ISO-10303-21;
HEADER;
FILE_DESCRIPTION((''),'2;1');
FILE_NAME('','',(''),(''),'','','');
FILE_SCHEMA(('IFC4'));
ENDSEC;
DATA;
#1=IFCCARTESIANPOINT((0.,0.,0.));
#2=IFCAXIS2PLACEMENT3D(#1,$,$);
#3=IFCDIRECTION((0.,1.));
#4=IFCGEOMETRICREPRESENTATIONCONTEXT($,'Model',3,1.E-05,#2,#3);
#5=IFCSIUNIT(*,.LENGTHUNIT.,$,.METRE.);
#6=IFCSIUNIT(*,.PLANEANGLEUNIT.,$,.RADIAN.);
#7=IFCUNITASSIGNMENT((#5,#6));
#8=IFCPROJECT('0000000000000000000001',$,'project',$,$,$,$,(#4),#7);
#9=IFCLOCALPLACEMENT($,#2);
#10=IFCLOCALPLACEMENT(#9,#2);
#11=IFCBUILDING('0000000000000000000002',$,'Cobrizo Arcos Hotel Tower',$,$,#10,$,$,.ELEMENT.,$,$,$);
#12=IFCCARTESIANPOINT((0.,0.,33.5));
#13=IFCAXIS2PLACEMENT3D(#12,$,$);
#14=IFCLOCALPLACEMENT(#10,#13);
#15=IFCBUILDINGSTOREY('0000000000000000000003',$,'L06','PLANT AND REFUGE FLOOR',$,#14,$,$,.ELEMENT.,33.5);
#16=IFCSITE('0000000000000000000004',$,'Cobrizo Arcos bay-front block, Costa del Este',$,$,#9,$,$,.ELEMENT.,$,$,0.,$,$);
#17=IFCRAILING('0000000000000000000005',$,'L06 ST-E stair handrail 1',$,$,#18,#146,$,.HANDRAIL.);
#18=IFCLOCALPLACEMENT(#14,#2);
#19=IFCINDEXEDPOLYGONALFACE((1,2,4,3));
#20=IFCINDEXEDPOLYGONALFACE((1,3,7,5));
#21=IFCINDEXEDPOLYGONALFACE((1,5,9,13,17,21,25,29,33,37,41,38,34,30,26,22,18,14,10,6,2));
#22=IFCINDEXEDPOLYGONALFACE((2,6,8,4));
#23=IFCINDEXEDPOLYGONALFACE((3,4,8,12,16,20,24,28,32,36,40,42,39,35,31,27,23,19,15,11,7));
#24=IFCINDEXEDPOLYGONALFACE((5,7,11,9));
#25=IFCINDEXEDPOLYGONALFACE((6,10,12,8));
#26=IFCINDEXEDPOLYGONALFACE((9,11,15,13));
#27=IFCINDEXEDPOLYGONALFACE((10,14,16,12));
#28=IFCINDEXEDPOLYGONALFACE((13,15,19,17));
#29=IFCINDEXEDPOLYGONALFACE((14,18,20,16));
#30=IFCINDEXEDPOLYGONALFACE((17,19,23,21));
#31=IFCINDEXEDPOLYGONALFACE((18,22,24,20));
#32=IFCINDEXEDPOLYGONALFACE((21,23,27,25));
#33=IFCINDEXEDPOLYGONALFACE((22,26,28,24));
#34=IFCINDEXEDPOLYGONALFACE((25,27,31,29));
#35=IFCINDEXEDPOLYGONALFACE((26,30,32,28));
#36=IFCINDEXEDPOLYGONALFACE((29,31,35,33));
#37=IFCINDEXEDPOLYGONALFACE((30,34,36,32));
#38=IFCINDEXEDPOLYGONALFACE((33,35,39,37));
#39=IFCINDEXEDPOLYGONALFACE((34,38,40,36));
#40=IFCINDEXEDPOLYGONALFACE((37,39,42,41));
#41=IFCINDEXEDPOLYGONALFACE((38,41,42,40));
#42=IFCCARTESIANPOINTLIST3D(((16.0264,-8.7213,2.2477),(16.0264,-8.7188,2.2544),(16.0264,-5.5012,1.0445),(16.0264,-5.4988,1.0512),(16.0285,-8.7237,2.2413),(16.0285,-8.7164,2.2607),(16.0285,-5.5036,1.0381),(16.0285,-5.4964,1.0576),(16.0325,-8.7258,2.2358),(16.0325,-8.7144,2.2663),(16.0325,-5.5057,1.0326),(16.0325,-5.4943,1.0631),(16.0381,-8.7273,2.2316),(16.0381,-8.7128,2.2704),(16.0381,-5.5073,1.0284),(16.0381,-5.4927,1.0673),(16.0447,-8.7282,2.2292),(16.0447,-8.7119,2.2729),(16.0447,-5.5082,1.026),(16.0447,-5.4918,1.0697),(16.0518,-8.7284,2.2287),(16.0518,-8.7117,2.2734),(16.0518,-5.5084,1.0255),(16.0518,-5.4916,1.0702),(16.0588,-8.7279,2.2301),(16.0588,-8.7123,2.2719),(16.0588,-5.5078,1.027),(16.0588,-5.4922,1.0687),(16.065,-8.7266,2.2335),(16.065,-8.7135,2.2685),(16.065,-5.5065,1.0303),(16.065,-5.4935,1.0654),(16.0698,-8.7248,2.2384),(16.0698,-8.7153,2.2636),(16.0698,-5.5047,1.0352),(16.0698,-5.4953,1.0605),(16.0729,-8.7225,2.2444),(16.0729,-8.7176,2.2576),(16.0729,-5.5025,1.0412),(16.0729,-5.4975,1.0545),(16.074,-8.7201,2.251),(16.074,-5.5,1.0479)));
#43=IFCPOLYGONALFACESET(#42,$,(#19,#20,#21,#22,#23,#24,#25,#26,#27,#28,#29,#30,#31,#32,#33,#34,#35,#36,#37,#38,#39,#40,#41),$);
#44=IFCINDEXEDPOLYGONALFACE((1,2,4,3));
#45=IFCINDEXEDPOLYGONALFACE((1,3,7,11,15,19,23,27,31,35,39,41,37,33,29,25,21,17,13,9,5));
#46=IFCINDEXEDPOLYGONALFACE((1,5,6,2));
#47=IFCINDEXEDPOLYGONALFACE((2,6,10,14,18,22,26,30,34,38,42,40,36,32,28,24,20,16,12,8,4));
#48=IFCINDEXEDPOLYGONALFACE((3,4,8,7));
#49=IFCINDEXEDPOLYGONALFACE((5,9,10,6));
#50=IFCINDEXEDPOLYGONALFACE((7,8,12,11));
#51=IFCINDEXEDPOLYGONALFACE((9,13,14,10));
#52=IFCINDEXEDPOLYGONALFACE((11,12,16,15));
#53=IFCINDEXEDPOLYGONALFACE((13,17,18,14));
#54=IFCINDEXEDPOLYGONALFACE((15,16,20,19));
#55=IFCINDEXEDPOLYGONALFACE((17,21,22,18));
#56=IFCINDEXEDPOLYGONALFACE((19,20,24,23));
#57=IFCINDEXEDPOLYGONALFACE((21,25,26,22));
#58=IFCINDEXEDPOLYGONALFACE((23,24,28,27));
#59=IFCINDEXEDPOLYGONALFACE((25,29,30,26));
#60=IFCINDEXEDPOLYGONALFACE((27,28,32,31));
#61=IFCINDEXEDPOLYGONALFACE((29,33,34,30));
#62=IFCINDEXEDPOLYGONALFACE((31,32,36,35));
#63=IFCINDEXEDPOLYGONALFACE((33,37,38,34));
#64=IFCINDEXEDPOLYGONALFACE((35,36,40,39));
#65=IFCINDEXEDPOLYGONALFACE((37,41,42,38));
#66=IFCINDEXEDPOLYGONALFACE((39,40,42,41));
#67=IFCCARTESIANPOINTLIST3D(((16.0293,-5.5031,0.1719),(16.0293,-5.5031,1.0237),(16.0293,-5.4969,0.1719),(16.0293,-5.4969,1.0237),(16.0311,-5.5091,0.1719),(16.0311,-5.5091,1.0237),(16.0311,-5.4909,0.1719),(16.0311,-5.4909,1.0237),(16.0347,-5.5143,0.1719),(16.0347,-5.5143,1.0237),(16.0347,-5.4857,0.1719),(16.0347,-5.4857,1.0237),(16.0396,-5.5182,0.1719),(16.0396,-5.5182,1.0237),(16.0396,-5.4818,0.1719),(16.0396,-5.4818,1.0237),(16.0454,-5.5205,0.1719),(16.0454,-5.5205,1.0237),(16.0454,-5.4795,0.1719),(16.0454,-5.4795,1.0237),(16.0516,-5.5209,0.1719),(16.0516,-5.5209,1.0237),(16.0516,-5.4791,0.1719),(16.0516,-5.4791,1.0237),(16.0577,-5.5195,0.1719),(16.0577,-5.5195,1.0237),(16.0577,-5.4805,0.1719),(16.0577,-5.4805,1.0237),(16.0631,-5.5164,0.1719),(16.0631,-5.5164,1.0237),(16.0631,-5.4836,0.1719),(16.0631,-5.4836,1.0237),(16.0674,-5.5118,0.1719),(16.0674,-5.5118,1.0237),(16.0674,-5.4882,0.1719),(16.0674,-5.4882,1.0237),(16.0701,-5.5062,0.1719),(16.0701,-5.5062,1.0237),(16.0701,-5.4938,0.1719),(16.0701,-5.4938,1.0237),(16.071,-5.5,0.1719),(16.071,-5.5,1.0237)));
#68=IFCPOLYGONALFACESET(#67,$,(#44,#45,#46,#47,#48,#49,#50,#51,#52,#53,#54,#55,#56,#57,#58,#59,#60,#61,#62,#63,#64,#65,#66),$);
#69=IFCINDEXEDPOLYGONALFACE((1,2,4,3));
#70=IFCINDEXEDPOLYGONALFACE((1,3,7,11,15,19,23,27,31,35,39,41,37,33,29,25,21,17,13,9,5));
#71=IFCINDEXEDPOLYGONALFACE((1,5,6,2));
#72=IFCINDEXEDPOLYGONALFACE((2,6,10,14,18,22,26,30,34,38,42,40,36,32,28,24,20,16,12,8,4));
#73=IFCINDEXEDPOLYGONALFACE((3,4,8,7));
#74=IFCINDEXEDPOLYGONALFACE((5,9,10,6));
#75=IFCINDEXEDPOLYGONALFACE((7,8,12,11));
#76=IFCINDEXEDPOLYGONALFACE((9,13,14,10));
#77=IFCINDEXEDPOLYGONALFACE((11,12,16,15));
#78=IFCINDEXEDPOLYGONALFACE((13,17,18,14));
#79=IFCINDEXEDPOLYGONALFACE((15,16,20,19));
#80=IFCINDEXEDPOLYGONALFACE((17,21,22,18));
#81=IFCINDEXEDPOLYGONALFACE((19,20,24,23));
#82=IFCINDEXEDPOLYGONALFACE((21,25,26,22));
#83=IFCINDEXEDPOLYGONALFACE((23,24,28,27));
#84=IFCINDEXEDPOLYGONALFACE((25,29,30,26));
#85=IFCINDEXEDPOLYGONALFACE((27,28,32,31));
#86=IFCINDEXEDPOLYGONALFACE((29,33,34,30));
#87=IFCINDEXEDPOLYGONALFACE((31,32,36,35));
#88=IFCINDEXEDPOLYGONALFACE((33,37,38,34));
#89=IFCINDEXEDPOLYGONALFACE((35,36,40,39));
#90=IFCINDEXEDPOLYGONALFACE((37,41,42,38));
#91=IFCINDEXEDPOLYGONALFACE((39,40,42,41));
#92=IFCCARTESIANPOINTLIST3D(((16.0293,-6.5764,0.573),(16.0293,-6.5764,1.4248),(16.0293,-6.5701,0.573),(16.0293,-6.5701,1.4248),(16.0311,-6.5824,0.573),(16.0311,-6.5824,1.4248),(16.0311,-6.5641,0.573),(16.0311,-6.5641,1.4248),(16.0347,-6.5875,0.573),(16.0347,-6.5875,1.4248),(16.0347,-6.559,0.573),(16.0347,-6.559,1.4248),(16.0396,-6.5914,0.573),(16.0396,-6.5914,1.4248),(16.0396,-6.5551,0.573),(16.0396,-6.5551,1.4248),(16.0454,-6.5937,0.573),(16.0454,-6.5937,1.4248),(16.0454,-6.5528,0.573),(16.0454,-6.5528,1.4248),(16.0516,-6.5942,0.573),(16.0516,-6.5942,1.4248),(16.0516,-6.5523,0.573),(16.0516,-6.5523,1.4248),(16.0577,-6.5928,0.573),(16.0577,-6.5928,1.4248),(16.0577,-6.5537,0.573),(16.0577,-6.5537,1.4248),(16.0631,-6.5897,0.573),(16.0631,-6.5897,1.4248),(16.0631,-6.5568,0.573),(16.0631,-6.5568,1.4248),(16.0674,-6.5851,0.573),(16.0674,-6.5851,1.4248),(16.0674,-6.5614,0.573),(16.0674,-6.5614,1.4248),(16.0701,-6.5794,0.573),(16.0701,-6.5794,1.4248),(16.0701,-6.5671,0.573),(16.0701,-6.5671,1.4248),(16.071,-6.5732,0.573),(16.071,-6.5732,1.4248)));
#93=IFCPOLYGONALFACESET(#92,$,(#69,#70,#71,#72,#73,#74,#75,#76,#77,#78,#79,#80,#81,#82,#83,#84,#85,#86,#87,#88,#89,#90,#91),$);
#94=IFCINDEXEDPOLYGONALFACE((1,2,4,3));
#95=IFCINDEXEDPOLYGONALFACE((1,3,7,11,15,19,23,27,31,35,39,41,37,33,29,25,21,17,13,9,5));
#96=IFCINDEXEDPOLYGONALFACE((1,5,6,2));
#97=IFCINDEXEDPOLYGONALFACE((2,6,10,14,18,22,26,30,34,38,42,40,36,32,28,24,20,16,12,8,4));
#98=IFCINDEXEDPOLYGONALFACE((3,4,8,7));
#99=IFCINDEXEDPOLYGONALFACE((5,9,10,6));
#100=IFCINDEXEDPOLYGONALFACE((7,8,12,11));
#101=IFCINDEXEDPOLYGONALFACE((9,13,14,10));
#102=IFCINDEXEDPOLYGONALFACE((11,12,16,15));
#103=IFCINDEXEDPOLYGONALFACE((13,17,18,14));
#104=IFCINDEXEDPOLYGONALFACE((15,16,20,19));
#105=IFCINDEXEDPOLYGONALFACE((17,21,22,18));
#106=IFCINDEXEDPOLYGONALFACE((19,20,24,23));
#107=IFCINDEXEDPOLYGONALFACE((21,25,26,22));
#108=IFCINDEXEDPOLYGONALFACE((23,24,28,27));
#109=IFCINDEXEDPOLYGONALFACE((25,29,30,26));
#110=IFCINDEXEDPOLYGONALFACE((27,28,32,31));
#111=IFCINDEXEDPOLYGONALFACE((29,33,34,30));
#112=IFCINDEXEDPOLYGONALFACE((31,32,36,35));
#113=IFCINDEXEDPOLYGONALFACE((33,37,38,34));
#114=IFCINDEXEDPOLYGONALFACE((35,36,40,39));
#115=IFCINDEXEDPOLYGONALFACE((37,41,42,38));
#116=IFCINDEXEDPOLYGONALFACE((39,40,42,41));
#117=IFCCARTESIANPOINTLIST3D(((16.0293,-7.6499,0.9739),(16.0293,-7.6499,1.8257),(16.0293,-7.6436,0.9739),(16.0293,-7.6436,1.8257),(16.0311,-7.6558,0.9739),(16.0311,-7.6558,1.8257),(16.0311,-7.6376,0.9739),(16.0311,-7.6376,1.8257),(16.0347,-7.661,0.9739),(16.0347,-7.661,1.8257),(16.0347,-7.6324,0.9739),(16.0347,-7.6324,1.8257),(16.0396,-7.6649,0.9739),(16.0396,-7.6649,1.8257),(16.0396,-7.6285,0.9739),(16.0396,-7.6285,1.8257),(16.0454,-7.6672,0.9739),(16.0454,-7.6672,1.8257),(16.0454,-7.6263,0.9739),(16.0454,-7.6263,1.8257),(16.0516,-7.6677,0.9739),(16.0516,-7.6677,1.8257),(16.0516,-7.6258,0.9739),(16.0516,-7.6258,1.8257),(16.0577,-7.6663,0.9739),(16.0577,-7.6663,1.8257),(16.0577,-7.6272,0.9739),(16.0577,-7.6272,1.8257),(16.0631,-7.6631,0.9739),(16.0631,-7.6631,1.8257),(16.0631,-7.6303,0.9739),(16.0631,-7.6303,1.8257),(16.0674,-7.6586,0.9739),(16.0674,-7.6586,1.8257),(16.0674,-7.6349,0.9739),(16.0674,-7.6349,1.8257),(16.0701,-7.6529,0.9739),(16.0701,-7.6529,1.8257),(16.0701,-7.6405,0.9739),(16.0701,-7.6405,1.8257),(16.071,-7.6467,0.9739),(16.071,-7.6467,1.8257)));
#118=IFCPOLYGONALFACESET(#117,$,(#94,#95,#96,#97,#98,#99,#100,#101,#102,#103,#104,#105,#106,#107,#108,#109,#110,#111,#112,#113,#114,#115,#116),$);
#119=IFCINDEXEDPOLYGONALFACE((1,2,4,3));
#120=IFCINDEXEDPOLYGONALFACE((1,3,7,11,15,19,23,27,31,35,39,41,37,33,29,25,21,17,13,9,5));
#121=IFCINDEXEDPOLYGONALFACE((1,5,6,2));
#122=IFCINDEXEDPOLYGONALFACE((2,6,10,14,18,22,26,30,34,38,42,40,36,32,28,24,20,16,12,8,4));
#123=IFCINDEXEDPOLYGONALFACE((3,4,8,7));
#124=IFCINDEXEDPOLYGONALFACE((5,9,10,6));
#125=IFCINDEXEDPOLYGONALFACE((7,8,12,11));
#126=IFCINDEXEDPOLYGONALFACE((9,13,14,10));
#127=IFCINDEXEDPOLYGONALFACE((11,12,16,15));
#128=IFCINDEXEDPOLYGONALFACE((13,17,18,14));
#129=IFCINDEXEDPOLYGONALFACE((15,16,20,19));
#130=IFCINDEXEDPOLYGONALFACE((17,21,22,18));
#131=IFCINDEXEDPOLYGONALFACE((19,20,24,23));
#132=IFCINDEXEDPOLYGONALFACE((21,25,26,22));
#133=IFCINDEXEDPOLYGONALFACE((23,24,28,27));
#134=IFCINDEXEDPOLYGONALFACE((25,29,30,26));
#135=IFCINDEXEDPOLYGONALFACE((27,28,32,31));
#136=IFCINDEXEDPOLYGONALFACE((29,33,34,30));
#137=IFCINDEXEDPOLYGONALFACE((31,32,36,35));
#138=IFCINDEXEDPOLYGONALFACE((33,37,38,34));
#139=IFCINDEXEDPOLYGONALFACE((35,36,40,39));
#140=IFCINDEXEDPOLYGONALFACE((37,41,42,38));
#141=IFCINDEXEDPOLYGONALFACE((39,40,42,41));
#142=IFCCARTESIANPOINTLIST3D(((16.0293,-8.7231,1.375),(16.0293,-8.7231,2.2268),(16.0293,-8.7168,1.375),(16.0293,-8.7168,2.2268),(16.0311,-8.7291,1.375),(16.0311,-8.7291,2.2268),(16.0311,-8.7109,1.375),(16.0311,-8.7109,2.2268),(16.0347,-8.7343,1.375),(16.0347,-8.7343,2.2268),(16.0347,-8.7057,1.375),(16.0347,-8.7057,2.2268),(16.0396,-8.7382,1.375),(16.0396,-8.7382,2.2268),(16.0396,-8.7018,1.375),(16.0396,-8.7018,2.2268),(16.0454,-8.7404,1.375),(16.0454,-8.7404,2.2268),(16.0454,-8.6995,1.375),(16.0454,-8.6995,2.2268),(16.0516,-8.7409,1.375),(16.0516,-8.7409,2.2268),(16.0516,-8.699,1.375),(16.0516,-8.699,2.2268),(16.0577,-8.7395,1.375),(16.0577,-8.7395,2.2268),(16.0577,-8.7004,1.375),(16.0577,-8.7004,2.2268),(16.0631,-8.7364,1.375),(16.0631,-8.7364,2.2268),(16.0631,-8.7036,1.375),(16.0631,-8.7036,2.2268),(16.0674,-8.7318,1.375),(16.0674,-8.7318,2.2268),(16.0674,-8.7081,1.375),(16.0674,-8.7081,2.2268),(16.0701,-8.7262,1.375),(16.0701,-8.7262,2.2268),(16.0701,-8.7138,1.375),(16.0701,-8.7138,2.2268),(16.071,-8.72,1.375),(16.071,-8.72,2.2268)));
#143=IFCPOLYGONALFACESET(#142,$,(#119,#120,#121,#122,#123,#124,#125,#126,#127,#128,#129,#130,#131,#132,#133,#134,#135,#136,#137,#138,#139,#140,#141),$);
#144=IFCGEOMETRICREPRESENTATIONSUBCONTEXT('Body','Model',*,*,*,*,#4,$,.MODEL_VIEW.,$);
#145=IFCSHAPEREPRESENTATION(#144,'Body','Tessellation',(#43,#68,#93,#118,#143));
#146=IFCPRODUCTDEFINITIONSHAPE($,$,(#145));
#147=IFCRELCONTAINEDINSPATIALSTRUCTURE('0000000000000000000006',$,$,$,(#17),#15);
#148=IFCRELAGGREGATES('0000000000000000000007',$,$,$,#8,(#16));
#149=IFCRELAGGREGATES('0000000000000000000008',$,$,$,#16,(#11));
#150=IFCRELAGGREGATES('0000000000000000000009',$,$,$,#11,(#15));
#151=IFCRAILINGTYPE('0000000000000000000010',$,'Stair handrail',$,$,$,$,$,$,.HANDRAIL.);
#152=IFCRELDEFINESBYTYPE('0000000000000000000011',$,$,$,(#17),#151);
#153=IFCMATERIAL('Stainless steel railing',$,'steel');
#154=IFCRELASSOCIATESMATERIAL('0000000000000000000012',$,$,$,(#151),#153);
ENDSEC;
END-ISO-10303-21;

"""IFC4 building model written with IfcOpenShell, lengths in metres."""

from ifc_helpers import new_model, si_unit, direction, frame, origin, origin_2d, place, context, subcontext, project, spatial, circle, extrude, material, type_object, element, save


model = new_model("IFC4")

# Units and contexts
model_context = context("Model", 3, precision=1e-05, world=origin(), true_north=direction((0.0, 1.0)))
body_context = subcontext(model_context, "Body", "Model", "MODEL_VIEW")
ifc_project = project(units=[si_unit("LENGTHUNIT", "METRE"), si_unit("PLANEANGLEUNIT", "RADIAN")], contexts=[model_context])

# Site, building, storey
site_placement = place(None, origin())
site = spatial("IfcSite", under=ifc_project, at=site_placement, Name="Cobrizo Arcos bay-front block, Costa del Este", CompositionType="ELEMENT", RefElevation=0.0)
building_placement = place(site_placement, origin())
building = spatial("IfcBuilding", under=site, at=building_placement, Name="Cobrizo Arcos Hotel Tower", CompositionType="ELEMENT")
storey_placement = place(building_placement, frame((0.0, 0.0, 33.5)))
storey = spatial("IfcBuildingStorey", under=building, at=storey_placement, Name="L06", Description="PLANT AND REFUGE FLOOR", CompositionType="ELEMENT", Elevation=33.5)

# Railing
ifc_material_1 = material(Name="Stainless steel railing", Category="steel")
railing_type_1 = type_object("IfcRailingType", Name="Stair handrail", PredefinedType="HANDRAIL", material=ifc_material_1)
railing_1_placement = place(storey_placement, frame((16.05, -5.5, 0.1719)))
element("IfcRailing", 1, at=railing_1_placement, inside=storey, type_object=railing_type_1, Name="L06 ST-E stair handrail 1", PredefinedType="HANDRAIL", context=body_context, shape_type="SweptSolid", body=[
    extrude(circle(Radius=0.0239, at=origin_2d()), frame((0.0, 0.0, 0.876), z_axis=(0.0, -0.936746, 0.35001), x_axis=(1.0, 0.0, 0.0)), (0.0, 0.0, 1.0), 3.4375),
    extrude(circle(Radius=0.021, at=origin_2d()), origin(), (0.0, 0.0, 1.0), 0.8518),
    extrude(circle(Radius=0.021, at=origin_2d()), frame((0.0, -1.0732, 0.4011)), (0.0, 0.0, 1.0), 0.8518),
    extrude(circle(Radius=0.021, at=origin_2d()), frame((0.0, -2.1467, 0.802)), (0.0, 0.0, 1.0), 0.8518),
    extrude(circle(Radius=0.021, at=origin_2d()), frame((0.0, -3.22, 1.2031)), (0.0, 0.0, 1.0), 0.8518),
])

save(model, "model.ifc")
